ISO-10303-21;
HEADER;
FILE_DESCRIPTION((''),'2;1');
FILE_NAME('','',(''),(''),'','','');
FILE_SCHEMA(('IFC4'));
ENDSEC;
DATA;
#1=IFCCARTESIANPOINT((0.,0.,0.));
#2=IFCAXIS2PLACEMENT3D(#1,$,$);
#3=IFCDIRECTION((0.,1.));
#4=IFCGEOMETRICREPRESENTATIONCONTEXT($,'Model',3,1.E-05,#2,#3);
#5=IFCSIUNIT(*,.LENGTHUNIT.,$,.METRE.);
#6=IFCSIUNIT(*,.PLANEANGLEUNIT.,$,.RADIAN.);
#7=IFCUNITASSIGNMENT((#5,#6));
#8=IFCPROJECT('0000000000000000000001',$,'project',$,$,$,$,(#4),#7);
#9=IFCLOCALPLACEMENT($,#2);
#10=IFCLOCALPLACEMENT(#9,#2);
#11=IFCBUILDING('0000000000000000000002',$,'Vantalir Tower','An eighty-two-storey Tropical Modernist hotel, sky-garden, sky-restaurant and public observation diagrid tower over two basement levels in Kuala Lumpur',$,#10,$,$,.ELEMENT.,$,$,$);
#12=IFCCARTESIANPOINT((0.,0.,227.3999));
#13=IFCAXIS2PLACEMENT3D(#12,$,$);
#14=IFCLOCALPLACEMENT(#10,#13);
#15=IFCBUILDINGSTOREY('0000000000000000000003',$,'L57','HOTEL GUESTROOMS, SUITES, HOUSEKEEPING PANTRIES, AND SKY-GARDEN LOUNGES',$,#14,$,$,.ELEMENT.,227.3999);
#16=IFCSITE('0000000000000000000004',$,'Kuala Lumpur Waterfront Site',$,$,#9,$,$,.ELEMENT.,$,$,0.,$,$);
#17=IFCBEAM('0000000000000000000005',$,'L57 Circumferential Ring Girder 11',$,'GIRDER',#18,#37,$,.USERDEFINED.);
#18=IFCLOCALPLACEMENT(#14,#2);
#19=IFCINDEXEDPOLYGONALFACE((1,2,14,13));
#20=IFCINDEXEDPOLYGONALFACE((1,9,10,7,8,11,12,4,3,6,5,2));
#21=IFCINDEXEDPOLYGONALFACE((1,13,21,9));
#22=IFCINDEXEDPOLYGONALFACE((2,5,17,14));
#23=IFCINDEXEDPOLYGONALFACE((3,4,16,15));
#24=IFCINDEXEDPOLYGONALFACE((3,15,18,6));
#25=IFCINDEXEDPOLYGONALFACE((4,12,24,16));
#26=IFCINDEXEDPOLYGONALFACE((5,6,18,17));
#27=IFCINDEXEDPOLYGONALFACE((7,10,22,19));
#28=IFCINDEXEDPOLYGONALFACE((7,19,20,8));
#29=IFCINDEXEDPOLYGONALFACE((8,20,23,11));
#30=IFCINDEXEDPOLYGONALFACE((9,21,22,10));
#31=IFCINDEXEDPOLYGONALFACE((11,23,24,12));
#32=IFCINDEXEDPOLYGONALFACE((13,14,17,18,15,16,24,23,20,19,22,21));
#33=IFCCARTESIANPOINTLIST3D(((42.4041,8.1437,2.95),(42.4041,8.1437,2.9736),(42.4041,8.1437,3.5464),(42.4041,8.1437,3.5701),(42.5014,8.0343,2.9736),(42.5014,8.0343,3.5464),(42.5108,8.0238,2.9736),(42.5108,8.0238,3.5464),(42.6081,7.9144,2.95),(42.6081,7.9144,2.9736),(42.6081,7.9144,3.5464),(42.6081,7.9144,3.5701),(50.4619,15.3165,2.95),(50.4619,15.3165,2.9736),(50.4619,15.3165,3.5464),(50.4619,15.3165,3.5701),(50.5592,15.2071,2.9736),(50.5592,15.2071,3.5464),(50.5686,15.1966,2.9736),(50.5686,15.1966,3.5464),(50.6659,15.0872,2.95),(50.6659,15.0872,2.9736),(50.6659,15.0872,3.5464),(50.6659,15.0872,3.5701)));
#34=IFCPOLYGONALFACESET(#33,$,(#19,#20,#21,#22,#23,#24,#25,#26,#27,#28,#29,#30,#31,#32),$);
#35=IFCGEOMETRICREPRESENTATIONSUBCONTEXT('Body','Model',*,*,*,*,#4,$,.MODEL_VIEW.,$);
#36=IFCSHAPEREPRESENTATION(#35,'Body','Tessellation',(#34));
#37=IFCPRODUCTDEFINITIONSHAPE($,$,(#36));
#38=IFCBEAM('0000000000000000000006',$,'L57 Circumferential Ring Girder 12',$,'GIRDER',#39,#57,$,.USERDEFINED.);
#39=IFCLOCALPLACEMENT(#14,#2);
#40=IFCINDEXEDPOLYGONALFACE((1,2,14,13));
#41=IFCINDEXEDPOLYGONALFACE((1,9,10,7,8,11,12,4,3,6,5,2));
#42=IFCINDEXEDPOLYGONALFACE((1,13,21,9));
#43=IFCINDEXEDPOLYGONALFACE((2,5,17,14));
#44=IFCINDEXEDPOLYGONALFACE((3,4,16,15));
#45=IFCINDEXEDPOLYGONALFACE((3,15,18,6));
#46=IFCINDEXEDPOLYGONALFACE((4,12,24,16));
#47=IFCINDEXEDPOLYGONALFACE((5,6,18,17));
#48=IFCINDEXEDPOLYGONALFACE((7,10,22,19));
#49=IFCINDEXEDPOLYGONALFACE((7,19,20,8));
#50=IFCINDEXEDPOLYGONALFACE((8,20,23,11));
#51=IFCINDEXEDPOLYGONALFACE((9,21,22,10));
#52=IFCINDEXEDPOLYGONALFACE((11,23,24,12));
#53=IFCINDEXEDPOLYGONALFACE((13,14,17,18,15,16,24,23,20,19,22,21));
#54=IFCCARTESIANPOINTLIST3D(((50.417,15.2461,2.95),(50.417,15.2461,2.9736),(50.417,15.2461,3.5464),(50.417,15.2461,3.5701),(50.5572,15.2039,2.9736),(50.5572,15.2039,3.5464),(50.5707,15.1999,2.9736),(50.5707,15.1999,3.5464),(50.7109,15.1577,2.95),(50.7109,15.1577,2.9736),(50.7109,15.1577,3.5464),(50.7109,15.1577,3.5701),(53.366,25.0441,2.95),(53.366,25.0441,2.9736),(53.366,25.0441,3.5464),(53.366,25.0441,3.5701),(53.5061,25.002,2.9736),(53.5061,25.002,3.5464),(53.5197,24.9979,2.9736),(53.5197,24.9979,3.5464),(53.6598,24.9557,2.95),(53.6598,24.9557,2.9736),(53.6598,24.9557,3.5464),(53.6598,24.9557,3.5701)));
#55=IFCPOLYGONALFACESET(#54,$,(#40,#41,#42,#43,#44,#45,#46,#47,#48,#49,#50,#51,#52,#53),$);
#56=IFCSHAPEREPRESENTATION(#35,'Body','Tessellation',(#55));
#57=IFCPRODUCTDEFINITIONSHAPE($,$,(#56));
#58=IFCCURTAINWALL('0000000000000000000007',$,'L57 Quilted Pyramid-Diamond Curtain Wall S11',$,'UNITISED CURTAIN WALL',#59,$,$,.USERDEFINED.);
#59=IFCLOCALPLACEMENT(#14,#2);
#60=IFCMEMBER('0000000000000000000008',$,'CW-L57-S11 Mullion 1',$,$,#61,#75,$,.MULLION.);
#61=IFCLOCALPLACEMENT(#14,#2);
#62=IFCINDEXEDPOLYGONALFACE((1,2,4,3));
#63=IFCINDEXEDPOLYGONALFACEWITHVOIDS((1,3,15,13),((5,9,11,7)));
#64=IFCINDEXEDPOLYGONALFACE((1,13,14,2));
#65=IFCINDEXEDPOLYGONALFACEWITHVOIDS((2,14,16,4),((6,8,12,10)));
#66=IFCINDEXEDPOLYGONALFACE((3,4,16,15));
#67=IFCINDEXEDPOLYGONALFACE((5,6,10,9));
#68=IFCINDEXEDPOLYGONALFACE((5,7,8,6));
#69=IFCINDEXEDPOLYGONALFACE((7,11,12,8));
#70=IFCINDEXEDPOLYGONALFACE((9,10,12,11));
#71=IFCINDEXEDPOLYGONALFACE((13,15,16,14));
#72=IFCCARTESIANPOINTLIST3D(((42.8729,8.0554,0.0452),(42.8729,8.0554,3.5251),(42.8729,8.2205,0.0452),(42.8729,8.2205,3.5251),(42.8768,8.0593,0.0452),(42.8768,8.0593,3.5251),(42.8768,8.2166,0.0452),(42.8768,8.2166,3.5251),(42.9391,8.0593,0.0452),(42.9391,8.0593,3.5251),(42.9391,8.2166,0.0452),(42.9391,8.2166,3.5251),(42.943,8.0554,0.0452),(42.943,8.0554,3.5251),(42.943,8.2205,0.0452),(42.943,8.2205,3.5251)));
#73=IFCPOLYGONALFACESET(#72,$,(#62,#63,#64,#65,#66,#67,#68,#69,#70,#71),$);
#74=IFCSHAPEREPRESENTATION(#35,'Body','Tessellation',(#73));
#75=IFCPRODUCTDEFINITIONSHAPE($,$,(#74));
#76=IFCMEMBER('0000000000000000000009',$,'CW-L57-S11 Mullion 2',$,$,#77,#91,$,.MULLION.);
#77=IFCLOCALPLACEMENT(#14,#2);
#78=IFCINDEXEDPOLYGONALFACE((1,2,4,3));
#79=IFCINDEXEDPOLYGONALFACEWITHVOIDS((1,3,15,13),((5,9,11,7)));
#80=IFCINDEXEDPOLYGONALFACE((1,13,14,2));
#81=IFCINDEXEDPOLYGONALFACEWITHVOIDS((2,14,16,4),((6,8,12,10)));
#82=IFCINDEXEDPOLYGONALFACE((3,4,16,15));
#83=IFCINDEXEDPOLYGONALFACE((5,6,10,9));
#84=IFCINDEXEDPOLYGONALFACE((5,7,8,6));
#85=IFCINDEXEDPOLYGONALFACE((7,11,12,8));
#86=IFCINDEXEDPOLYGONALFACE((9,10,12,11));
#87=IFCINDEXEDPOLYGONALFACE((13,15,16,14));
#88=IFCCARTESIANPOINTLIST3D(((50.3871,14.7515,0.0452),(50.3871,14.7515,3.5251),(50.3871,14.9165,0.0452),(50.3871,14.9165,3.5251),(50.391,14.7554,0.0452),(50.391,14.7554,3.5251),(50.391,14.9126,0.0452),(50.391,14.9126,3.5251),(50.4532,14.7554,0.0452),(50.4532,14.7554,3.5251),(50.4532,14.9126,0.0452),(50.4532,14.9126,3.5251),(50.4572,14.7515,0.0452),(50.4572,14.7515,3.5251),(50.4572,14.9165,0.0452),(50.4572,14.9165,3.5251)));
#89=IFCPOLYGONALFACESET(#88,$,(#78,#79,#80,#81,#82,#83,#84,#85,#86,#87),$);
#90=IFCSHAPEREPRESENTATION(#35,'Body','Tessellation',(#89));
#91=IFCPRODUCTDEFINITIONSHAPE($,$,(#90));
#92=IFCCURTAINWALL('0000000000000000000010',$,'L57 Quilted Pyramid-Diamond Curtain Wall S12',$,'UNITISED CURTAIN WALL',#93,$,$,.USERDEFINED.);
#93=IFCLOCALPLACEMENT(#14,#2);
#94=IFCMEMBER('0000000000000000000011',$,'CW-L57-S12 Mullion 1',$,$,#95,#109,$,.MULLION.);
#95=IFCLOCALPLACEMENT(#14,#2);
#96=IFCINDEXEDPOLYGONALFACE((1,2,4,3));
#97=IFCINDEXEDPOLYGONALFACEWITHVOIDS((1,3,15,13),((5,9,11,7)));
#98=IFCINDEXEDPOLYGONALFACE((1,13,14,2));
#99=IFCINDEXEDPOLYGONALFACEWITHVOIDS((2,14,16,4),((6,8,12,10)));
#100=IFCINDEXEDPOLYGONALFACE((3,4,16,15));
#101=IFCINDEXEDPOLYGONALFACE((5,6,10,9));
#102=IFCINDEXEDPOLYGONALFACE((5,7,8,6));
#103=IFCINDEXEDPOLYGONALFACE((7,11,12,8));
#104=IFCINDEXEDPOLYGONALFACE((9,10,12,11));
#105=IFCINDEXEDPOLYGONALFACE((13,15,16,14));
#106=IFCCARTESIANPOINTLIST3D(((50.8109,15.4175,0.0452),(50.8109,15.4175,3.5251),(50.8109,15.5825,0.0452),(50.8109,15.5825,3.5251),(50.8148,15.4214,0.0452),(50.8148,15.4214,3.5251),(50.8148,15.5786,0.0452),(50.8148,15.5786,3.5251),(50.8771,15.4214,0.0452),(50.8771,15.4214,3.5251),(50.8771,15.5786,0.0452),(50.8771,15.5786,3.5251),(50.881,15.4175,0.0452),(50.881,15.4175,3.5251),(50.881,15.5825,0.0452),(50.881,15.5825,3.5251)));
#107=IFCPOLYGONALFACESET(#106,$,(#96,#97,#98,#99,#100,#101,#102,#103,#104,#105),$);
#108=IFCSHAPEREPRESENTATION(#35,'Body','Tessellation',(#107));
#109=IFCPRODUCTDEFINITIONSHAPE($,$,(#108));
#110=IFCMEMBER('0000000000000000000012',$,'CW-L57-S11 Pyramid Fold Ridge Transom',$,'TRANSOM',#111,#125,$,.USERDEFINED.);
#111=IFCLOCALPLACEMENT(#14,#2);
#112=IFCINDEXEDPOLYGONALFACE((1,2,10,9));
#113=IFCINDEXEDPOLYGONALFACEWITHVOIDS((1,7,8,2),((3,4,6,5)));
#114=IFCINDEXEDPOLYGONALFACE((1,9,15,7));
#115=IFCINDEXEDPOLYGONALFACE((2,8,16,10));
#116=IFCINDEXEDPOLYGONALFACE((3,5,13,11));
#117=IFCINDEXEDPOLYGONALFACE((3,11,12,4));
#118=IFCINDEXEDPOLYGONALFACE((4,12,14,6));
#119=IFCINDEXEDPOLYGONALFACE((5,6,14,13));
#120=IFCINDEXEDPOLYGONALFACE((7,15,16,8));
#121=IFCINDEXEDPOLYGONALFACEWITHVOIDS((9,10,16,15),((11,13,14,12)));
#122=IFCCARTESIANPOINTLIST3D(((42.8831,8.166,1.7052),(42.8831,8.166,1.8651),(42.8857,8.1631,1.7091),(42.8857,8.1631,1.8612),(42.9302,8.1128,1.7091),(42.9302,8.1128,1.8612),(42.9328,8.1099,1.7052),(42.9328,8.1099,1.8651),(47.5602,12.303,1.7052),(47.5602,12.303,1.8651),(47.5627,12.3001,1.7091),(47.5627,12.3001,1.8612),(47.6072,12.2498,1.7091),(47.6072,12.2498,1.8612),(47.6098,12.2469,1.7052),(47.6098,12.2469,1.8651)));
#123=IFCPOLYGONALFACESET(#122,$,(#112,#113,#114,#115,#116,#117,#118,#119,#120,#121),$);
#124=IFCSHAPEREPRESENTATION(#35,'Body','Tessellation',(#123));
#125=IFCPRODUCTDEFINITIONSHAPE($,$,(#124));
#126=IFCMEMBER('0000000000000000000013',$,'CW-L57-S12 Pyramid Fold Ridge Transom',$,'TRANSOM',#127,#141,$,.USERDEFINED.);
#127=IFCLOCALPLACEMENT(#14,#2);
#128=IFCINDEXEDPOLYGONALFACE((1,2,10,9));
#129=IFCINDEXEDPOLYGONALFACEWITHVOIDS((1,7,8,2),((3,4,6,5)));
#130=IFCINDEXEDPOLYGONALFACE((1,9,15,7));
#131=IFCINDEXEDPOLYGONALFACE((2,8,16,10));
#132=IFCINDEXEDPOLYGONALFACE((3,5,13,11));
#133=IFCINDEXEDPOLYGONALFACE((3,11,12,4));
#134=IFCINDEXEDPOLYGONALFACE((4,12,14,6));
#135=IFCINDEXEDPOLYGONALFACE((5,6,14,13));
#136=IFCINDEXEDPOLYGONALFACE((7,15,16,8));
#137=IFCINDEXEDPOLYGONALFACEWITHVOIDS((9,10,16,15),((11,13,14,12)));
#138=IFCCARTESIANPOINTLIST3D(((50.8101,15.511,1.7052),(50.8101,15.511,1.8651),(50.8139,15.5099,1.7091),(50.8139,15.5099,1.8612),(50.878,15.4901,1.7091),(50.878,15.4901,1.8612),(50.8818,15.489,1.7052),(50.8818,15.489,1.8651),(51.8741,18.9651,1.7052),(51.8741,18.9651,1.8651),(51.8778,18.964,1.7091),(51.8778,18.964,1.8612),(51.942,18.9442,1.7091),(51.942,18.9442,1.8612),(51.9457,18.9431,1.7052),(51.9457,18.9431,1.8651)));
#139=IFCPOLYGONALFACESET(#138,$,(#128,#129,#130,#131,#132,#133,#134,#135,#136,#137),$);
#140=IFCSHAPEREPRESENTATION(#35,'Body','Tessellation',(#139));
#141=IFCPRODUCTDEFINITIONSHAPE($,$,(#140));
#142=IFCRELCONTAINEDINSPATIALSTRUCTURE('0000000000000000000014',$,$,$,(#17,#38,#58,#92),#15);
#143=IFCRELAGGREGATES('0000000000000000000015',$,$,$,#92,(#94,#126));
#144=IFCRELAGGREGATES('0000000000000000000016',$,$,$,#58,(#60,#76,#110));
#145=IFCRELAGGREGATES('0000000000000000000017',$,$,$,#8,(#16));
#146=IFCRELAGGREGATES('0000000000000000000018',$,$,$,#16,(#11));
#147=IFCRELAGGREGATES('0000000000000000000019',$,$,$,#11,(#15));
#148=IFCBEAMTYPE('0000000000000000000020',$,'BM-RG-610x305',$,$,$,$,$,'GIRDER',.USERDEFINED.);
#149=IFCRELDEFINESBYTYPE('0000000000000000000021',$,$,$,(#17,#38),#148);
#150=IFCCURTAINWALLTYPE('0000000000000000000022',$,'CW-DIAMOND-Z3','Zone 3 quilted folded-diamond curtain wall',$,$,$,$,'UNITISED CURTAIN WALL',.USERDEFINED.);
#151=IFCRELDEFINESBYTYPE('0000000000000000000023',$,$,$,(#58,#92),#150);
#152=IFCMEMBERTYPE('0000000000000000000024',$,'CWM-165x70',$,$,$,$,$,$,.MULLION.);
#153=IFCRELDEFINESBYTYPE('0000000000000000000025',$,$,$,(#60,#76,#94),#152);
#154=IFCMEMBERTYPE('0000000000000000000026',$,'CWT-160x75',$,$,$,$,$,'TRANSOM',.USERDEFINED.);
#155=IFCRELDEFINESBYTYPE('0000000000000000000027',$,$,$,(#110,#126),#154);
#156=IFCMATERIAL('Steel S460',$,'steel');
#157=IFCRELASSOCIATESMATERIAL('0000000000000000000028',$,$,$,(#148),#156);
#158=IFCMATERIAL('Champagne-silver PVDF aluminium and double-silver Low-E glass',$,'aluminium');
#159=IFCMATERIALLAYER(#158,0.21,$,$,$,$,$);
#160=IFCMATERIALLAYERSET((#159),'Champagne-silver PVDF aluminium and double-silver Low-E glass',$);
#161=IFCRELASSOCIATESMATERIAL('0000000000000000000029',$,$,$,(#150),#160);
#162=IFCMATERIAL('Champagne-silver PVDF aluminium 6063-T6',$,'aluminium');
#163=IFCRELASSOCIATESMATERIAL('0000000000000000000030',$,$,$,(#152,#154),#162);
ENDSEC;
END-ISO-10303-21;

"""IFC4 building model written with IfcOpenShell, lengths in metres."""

from ifc_helpers import new_model, si_unit, direction, frame, origin, origin_2d, place, context, subcontext, project, spatial, hollow_rectangle, i_section, extrude, material, layer, layer_set, material_profile, profile_set, type_object, element, aggregate, save


model = new_model("IFC4")

# Units and contexts
model_context = context("Model", 3, precision=1e-05, world=origin(), true_north=direction((0.0, 1.0)))
body_context = subcontext(model_context, "Body", "Model", "MODEL_VIEW")
ifc_project = project(units=[si_unit("LENGTHUNIT", "METRE"), si_unit("PLANEANGLEUNIT", "RADIAN")], contexts=[model_context])

# Site, building, storey
site_placement = place(None, origin())
site = spatial("IfcSite", under=ifc_project, at=site_placement, Name="Kuala Lumpur Waterfront Site", CompositionType="ELEMENT", RefElevation=0.0)
building_placement = place(site_placement, origin())
building = spatial("IfcBuilding", under=site, at=building_placement, Name="Vantalir Tower", Description="An eighty-two-storey Tropical Modernist hotel, sky-garden, sky-restaurant and public observation diagrid tower over two basement levels in Kuala Lumpur", CompositionType="ELEMENT")
storey_placement = place(building_placement, frame((0.0, 0.0, 227.3999)))
storey = spatial("IfcBuildingStorey", under=building, at=storey_placement, Name="L57", Description="HOTEL GUESTROOMS, SUITES, HOUSEKEEPING PANTRIES, AND SKY-GARDEN LOUNGES", CompositionType="ELEMENT", Elevation=227.3999)

# Shared definitions
ifc_material_1 = material(Name="Steel S460", Category="steel")

# Beams
ifc_material_profile_1 = material_profile(ifc_material_1, i_section(OverallWidth=0.3069, OverallDepth=0.6201, WebThickness=0.0142, FlangeThickness=0.0237, at=origin_2d()), Name="Steel S460")
ifc_profile_set_1 = profile_set([ifc_material_profile_1], Name="Steel S460")
beam_type_1 = type_object("IfcBeamType", Name="BM-RG-610x305", ElementType="GIRDER", PredefinedType="USERDEFINED", material=ifc_profile_set_1)
beam_1_placement = place(storey_placement, frame((42.5061, 8.0291, 3.26), z_axis=(0.746935, 0.664897, 0.0), x_axis=(-0.664897, 0.746935, 0.0)))
element("IfcBeam", 1, at=beam_1_placement, inside=storey, type_object=beam_type_1, Name="L57 Circumferential Ring Girder 11", ObjectType="GIRDER", PredefinedType="USERDEFINED", context=body_context, shape_type="SweptSolid", body=[
    extrude(i_section(OverallWidth=0.3069, OverallDepth=0.6201, WebThickness=0.0142, FlangeThickness=0.0237, at=origin_2d()), origin(), (0.0, 0.0, 1.0), 10.7878),
])
beam_2_placement = place(storey_placement, frame((50.564, 15.2019, 3.26), z_axis=(0.288204, 0.957569, 0.0), x_axis=(-0.957569, 0.288204, 0.0)))
element("IfcBeam", 2, at=beam_2_placement, inside=storey, type_object=beam_type_1, Name="L57 Circumferential Ring Girder 12", ObjectType="GIRDER", PredefinedType="USERDEFINED", context=body_context, shape_type="SweptSolid", body=[
    extrude(i_section(OverallWidth=0.3069, OverallDepth=0.6201, WebThickness=0.0142, FlangeThickness=0.0237, at=origin_2d()), origin(), (0.0, 0.0, 1.0), 10.2322),
])

# Curtain wall, members
ifc_material_2 = material(Name="Champagne-silver PVDF aluminium and double-silver Low-E glass", Category="aluminium")
ifc_layer_1 = layer(ifc_material_2, 0.21)
ifc_layer_set_1 = layer_set([ifc_layer_1], Name="Champagne-silver PVDF aluminium and double-silver Low-E glass")
curtain_wall_type = type_object("IfcCurtainWallType", Name="CW-DIAMOND-Z3", Description="Zone 3 quilted folded-diamond curtain wall", ElementType="UNITISED CURTAIN WALL", PredefinedType="USERDEFINED", material=ifc_layer_set_1)
curtain_wall_1_placement = place(storey_placement, origin())
curtain_wall_1 = element("IfcCurtainWall", 3, at=curtain_wall_1_placement, inside=storey, type_object=curtain_wall_type, Name="L57 Quilted Pyramid-Diamond Curtain Wall S11", ObjectType="UNITISED CURTAIN WALL", PredefinedType="USERDEFINED")
ifc_material_3 = material(Name="Champagne-silver PVDF aluminium 6063-T6", Category="aluminium")
ifc_material_profile_2 = material_profile(ifc_material_3, hollow_rectangle(XDim=0.0701, YDim=0.165, WallThickness=0.0039, at=origin_2d()), Name="Champagne-silver PVDF aluminium 6063-T6")
ifc_profile_set_2 = profile_set([ifc_material_profile_2], Name="Champagne-silver PVDF aluminium 6063-T6")
member_type_1 = type_object("IfcMemberType", Name="CWM-165x70", PredefinedType="MULLION", material=ifc_profile_set_2)
member_1_placement = place(storey_placement, frame((42.908, 8.1379, 0.0452), z_axis=(0.0, 0.0, 1.0), x_axis=(1.0, 0.0, 0.0)))
member_1 = element("IfcMember", 4, at=member_1_placement, type_object=member_type_1, Name="CW-L57-S11 Mullion 1", PredefinedType="MULLION", context=body_context, shape_type="SweptSolid", body=[
    extrude(hollow_rectangle(XDim=0.0701, YDim=0.165, WallThickness=0.0039, at=origin_2d()), origin(), (0.0, 0.0, 1.0), 3.48),
])
member_2_placement = place(storey_placement, frame((50.4221, 14.834, 0.0452), z_axis=(0.0, 0.0, 1.0), x_axis=(1.0, 0.0, 0.0)))
member_2 = element("IfcMember", 5, at=member_2_placement, type_object=member_type_1, Name="CW-L57-S11 Mullion 2", PredefinedType="MULLION", context=body_context, shape_type="SweptSolid", body=[
    extrude(hollow_rectangle(XDim=0.0701, YDim=0.165, WallThickness=0.0039, at=origin_2d()), origin(), (0.0, 0.0, 1.0), 3.48),
])

# Curtain wall, member
curtain_wall_2_placement = place(storey_placement, origin())
curtain_wall_2 = element("IfcCurtainWall", 6, at=curtain_wall_2_placement, inside=storey, type_object=curtain_wall_type, Name="L57 Quilted Pyramid-Diamond Curtain Wall S12", ObjectType="UNITISED CURTAIN WALL", PredefinedType="USERDEFINED")
member_3_placement = place(storey_placement, frame((50.8459, 15.5, 0.0452), z_axis=(0.0, 0.0, 1.0), x_axis=(1.0, 0.0, 0.0)))
member_3 = element("IfcMember", 7, at=member_3_placement, type_object=member_type_1, Name="CW-L57-S12 Mullion 1", PredefinedType="MULLION", context=body_context, shape_type="SweptSolid", body=[
    extrude(hollow_rectangle(XDim=0.0701, YDim=0.165, WallThickness=0.0039, at=origin_2d()), origin(), (0.0, 0.0, 1.0), 3.48),
])

# Members
ifc_material_profile_3 = material_profile(ifc_material_3, hollow_rectangle(XDim=0.075, YDim=0.1599, WallThickness=0.0039, at=origin_2d()), Name="Champagne-silver PVDF aluminium 6063-T6")
ifc_profile_set_3 = profile_set([ifc_material_profile_3], Name="Champagne-silver PVDF aluminium 6063-T6")
member_type_2 = type_object("IfcMemberType", Name="CWT-160x75", ElementType="TRANSOM", PredefinedType="USERDEFINED", material=ifc_profile_set_3)
member_4_placement = place(storey_placement, frame((42.908, 8.1379, 1.7852), z_axis=(0.749027, 0.662539, 0.0), x_axis=(-0.662539, 0.749027, 0.0)))
member_4 = element("IfcMember", 8, at=member_4_placement, type_object=member_type_2, Name="CW-L57-S11 Pyramid Fold Ridge Transom", ObjectType="TRANSOM", PredefinedType="USERDEFINED", context=body_context, shape_type="SweptSolid", body=[
    extrude(hollow_rectangle(XDim=0.075, YDim=0.1599, WallThickness=0.0039, at=origin_2d()), origin(), (0.0, 0.0, 1.0), 6.2441),
])
member_5_placement = place(storey_placement, frame((50.8459, 15.5, 1.7852), z_axis=(0.29438, 0.955688, 0.0), x_axis=(-0.955688, 0.29438, 0.0)))
member_5 = element("IfcMember", 9, at=member_5_placement, type_object=member_type_2, Name="CW-L57-S12 Pyramid Fold Ridge Transom", ObjectType="TRANSOM", PredefinedType="USERDEFINED", context=body_context, shape_type="SweptSolid", body=[
    extrude(hollow_rectangle(XDim=0.075, YDim=0.1599, WallThickness=0.0039, at=origin_2d()), origin(), (0.0, 0.0, 1.0), 3.6143),
])
aggregate(curtain_wall_2, [member_3, member_5])

aggregate(curtain_wall_1, [member_1, member_2, member_4])

save(model, "model.ifc")
